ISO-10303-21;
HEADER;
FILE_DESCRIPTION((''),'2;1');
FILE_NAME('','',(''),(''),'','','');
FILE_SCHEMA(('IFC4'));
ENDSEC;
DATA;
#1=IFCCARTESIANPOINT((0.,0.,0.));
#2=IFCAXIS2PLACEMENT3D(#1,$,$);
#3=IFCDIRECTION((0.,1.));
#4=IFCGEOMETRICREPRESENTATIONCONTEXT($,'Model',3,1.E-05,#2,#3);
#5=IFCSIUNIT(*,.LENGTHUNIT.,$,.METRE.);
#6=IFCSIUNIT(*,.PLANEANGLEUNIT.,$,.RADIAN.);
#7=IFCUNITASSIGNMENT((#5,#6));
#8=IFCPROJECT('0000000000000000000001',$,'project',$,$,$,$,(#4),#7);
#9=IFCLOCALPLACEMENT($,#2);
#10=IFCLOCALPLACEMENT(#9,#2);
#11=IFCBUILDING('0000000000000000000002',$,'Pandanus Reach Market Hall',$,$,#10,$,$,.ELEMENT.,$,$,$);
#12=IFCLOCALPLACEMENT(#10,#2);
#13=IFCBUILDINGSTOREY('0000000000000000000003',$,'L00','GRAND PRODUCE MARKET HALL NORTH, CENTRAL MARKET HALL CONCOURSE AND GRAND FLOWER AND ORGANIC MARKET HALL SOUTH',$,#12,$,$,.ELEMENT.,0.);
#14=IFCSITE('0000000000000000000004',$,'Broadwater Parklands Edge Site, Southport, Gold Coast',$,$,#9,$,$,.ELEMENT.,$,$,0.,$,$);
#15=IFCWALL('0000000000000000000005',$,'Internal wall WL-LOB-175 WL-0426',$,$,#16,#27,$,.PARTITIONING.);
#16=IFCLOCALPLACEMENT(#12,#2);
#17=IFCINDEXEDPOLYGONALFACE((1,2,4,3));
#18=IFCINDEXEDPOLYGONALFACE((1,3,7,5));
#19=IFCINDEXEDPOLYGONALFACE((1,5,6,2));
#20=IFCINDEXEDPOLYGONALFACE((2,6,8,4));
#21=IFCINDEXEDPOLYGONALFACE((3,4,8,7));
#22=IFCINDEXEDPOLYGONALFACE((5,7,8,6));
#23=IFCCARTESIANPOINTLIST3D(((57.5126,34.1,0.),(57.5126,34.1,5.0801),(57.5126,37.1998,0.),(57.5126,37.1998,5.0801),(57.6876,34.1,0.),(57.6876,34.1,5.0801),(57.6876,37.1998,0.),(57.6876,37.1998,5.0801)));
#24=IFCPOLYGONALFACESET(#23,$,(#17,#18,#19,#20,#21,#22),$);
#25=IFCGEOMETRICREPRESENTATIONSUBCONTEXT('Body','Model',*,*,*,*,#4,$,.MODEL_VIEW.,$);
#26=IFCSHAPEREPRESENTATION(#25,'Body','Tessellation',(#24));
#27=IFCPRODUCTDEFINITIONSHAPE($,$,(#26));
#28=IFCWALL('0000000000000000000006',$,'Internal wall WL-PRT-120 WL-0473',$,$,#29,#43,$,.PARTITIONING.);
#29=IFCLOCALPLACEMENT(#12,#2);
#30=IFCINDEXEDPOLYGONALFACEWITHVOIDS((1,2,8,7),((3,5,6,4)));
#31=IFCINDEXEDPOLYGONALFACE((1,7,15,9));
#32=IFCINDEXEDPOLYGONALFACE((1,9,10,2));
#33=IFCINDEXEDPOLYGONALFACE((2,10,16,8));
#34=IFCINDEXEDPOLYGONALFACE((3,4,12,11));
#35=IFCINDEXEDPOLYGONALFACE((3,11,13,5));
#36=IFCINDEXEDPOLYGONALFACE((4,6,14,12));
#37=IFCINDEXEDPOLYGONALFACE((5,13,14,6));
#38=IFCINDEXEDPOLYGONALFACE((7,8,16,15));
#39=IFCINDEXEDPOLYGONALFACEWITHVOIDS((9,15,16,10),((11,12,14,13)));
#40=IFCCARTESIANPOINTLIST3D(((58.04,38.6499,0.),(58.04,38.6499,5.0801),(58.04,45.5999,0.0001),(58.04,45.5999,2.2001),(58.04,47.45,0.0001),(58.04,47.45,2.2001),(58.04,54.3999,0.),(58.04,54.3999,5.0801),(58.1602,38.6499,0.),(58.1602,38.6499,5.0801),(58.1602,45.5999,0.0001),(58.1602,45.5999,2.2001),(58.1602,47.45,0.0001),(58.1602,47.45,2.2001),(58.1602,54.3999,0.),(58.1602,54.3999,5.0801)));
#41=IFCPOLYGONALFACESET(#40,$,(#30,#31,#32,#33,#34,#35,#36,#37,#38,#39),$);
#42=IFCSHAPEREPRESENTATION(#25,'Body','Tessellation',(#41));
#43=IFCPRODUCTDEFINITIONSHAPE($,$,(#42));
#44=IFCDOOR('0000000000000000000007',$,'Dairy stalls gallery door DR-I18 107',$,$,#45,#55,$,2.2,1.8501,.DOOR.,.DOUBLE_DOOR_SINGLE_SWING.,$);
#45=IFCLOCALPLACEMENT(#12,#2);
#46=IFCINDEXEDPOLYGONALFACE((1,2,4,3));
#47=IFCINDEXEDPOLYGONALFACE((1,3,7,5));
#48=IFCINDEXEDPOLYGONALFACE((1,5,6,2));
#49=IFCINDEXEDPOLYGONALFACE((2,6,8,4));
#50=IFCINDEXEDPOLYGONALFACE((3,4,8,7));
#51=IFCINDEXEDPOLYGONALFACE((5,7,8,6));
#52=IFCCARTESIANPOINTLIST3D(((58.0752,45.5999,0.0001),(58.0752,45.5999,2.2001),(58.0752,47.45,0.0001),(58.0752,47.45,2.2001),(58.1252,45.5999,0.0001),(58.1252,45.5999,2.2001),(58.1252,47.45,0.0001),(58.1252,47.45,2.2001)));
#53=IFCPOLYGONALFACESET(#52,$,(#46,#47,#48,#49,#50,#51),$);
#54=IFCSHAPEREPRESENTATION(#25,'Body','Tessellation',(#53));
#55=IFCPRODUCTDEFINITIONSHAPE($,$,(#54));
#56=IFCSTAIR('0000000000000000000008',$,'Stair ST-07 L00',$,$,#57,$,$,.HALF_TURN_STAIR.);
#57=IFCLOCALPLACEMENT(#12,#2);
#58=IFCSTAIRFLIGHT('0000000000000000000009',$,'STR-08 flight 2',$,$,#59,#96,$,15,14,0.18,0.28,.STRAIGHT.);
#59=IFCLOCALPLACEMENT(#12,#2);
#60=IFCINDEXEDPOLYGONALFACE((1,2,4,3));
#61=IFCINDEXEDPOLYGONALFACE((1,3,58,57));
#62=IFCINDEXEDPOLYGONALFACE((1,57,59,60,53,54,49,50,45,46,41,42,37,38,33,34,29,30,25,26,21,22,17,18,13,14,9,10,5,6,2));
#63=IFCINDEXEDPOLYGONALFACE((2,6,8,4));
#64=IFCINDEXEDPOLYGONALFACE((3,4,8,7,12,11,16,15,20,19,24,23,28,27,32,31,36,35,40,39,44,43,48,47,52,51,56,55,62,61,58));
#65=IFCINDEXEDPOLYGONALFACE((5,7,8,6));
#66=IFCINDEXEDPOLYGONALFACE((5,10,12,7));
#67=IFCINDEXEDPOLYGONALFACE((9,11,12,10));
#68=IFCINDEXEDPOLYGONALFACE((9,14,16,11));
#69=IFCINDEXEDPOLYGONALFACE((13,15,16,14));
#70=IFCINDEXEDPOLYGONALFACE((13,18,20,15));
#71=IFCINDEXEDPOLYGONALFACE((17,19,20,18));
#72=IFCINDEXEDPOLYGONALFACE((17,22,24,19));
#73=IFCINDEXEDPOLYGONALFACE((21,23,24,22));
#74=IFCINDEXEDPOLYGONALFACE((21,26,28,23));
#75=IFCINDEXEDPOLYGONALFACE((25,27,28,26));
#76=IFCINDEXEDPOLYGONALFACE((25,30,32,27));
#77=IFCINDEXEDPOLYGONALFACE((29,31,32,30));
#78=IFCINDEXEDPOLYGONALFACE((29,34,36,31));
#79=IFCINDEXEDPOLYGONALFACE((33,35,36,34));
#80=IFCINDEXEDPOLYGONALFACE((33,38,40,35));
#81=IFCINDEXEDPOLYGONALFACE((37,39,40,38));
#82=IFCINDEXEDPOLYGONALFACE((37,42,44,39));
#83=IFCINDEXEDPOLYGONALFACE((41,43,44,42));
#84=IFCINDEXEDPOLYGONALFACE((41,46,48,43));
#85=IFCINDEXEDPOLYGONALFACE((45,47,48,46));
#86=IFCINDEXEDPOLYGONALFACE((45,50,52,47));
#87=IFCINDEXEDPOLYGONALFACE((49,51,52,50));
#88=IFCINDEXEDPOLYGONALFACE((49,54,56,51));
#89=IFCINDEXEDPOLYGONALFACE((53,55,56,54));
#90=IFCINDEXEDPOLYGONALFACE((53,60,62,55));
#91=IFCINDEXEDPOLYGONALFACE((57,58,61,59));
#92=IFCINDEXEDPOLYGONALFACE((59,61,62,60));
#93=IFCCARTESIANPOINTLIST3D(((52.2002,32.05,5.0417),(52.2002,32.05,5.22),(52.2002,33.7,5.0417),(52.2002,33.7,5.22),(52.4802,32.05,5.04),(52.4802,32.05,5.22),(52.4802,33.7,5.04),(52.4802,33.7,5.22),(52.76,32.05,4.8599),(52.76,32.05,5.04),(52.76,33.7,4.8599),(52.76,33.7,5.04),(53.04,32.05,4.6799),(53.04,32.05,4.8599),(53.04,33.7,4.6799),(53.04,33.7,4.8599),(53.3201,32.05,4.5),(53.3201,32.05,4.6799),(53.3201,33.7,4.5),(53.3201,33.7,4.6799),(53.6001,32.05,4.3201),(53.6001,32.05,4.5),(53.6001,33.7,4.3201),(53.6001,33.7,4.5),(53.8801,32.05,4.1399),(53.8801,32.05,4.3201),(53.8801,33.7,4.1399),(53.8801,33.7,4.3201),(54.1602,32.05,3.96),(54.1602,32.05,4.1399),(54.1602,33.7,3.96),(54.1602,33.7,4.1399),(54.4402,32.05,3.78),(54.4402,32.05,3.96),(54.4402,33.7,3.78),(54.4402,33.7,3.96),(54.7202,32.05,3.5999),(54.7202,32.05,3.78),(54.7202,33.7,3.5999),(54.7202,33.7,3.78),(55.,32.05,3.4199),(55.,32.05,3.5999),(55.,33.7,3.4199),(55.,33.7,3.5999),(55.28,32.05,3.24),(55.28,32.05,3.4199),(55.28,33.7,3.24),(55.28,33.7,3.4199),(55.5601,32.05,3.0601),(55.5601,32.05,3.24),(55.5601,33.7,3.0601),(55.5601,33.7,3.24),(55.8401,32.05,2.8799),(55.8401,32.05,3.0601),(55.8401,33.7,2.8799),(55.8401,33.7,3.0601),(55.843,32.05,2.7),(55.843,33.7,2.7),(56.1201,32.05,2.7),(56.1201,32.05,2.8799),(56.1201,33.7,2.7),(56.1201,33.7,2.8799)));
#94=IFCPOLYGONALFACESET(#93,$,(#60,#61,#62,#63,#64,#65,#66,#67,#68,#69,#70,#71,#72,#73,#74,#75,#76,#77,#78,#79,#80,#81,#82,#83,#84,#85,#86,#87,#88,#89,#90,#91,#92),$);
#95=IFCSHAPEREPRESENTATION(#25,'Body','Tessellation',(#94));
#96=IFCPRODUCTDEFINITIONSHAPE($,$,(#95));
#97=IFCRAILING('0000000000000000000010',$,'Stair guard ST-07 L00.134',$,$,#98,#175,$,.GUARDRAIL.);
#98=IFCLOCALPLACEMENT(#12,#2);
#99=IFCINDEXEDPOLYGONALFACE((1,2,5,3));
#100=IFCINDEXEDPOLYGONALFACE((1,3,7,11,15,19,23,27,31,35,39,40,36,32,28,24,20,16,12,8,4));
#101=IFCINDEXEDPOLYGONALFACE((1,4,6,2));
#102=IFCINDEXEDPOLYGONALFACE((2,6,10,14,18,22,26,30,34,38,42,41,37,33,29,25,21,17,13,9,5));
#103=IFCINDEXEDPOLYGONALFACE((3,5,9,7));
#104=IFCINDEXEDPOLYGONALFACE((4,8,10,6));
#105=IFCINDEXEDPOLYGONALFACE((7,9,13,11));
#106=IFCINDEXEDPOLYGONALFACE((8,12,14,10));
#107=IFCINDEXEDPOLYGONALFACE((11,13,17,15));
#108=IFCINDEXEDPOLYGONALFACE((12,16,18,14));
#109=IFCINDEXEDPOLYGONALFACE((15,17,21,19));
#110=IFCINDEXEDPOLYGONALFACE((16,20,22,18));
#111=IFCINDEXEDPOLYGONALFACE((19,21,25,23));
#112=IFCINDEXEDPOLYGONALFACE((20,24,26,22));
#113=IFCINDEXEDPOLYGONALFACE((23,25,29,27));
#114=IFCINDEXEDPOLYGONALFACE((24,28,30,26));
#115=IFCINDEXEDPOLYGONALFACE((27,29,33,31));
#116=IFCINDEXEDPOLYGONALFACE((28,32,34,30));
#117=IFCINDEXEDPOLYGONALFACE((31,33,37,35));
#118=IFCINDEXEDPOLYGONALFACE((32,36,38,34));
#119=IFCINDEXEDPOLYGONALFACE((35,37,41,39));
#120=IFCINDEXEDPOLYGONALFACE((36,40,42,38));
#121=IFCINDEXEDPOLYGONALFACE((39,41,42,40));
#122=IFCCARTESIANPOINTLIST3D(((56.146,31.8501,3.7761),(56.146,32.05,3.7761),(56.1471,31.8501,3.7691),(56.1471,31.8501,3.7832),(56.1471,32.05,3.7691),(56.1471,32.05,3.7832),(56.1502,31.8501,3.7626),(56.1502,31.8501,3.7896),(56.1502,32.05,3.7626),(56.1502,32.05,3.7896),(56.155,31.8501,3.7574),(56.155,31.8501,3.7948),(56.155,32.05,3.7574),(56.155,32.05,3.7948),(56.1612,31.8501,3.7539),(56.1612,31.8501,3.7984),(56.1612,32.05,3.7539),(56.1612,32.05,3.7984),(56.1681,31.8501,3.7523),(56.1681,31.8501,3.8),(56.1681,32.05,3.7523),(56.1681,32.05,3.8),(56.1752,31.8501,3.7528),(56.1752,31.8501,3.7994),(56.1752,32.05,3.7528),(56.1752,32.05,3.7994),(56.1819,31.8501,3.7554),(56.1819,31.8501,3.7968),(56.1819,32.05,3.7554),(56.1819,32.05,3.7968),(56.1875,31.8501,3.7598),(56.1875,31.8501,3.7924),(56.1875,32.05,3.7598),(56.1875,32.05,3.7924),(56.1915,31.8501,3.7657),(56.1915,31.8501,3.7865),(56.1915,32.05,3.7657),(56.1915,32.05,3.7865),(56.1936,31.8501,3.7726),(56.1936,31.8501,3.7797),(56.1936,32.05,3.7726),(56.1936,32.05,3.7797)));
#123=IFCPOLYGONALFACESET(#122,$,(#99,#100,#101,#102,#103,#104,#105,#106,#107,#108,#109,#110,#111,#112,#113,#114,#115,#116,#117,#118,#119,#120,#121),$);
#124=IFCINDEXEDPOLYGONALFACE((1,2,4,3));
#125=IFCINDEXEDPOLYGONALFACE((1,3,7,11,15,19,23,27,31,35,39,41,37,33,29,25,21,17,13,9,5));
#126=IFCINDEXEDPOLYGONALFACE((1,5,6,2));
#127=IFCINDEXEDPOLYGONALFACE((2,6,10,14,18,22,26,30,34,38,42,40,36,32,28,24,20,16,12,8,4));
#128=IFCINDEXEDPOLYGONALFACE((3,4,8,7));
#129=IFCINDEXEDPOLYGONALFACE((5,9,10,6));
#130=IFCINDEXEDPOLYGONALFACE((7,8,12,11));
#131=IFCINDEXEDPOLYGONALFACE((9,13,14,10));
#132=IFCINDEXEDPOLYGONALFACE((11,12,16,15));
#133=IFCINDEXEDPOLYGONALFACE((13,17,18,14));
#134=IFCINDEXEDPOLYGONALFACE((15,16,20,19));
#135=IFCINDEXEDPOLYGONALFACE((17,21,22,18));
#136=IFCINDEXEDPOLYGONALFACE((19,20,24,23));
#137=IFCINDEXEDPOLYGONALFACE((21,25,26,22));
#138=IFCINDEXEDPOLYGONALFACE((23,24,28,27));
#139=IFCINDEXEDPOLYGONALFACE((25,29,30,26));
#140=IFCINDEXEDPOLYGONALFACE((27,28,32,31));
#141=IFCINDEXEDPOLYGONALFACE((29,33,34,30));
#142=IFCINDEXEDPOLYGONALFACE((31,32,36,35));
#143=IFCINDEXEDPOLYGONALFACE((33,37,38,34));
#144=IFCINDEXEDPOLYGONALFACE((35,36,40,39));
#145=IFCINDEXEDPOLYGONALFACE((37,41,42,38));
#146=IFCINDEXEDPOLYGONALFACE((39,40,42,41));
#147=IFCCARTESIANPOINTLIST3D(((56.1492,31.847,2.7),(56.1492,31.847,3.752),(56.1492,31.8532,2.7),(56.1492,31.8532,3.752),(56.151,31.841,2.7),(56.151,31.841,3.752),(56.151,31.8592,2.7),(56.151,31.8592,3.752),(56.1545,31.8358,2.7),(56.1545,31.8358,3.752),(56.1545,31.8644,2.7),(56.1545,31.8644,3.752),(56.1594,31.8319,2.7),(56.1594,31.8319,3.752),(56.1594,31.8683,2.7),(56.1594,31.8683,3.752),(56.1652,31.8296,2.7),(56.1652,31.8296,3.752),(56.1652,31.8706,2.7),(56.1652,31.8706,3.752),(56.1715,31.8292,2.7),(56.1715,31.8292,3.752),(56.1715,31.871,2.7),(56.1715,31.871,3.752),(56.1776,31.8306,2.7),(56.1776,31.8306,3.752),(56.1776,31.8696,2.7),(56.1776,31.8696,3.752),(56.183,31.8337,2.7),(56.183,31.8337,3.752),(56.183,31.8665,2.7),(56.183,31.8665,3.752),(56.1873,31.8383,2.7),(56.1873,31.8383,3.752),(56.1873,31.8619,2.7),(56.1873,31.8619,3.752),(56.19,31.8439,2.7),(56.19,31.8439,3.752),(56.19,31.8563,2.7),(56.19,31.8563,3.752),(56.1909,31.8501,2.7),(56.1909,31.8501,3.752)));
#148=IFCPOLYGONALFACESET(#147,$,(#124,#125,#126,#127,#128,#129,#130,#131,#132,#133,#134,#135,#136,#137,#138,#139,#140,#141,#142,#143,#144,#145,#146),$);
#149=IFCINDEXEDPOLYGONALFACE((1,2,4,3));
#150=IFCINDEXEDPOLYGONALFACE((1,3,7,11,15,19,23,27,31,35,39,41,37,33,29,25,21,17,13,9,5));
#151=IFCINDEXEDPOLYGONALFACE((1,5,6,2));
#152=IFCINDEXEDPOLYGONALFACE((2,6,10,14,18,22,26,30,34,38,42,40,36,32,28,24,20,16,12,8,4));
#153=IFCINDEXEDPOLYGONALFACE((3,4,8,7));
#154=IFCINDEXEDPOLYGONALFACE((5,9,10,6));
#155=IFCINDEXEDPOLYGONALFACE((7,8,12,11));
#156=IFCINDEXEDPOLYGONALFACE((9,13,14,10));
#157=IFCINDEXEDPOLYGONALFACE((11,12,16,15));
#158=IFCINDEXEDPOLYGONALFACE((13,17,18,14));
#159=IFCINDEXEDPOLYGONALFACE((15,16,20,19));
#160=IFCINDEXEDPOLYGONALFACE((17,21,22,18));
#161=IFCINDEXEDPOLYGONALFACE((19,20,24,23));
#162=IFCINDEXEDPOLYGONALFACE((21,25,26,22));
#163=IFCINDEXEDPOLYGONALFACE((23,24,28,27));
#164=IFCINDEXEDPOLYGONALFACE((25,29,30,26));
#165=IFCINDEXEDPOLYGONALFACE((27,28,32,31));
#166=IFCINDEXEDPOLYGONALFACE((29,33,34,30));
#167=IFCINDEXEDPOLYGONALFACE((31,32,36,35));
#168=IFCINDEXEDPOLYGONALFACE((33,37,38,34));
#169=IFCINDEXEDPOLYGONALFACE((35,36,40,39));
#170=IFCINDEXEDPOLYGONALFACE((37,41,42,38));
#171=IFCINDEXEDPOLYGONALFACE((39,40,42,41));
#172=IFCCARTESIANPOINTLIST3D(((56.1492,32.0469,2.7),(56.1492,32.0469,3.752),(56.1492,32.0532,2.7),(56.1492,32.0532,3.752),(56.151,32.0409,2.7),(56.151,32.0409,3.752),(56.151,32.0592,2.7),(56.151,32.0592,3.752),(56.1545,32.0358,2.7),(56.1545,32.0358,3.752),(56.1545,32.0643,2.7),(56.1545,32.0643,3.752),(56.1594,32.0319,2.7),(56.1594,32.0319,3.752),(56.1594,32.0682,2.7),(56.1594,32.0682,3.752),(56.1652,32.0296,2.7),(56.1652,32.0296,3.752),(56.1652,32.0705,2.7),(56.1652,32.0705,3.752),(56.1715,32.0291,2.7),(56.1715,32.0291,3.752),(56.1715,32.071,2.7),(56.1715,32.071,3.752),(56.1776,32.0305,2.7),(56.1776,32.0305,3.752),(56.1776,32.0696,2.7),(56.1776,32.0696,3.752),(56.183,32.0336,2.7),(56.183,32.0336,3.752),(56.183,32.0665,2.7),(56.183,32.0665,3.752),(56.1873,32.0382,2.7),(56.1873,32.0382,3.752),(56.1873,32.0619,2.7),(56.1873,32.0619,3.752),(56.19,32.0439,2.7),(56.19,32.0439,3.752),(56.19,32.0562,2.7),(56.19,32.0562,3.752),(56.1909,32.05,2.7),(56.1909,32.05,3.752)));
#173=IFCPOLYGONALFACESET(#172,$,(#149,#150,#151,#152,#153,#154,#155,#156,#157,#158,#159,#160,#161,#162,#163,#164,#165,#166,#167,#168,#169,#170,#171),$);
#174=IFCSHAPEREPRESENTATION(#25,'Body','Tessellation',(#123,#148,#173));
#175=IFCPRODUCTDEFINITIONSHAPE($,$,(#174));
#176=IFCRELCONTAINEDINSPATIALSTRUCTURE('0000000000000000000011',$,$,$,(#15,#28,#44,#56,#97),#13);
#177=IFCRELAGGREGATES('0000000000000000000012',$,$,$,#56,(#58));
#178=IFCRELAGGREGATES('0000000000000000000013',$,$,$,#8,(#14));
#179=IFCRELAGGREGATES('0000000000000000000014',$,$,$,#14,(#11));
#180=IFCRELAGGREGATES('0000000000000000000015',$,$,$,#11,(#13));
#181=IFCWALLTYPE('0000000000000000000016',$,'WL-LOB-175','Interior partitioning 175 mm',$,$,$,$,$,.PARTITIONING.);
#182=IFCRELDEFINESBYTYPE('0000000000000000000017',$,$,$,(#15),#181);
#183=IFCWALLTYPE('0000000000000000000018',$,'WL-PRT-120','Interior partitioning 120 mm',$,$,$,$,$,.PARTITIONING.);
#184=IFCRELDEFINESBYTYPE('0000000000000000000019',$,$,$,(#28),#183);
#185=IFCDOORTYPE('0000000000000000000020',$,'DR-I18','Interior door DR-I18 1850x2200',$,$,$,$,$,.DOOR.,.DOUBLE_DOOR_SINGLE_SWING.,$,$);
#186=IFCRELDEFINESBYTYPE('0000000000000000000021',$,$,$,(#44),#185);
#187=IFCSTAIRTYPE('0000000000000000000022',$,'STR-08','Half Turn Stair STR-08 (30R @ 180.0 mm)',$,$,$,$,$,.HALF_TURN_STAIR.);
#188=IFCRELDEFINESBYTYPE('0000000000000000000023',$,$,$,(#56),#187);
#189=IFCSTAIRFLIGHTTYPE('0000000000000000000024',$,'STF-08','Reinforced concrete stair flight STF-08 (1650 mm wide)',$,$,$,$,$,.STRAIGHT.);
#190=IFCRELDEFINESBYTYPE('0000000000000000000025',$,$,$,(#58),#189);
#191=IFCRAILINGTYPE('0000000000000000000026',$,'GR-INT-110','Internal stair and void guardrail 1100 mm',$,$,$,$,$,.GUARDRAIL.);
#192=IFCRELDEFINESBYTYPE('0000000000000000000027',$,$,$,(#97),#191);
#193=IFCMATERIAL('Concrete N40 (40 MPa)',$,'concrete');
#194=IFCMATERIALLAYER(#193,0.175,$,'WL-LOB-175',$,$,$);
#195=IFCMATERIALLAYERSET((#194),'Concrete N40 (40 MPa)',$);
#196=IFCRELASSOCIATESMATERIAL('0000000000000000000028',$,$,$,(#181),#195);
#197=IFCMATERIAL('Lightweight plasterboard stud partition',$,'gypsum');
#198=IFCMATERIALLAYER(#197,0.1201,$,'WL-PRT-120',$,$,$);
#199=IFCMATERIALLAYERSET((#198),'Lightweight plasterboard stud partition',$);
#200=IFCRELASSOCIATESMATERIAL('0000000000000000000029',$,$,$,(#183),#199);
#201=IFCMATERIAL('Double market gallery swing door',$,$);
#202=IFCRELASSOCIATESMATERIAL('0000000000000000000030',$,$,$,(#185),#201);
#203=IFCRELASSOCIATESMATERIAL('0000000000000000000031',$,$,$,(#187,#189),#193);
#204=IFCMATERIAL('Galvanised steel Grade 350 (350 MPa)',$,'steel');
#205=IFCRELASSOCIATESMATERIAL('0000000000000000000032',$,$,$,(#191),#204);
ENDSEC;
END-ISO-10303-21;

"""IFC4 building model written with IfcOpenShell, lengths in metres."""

from ifc_helpers import new_model, si_unit, direction, frame, frame_2d, origin, origin_2d, place, context, subcontext, project, spatial, polyline, rectangle, circle, outline, extrude, material, layer, layer_set, type_object, element, fill, aggregate, save


model = new_model("IFC4")

# Units and contexts
model_context = context("Model", 3, precision=1e-05, world=origin(), true_north=direction((0.0, 1.0)))
body_context = subcontext(model_context, "Body", "Model", "MODEL_VIEW")
ifc_project = project(units=[si_unit("LENGTHUNIT", "METRE"), si_unit("PLANEANGLEUNIT", "RADIAN")], contexts=[model_context])

# Site, building, storey
site_placement = place(None, origin())
site = spatial("IfcSite", under=ifc_project, at=site_placement, Name="Broadwater Parklands Edge Site, Southport, Gold Coast", CompositionType="ELEMENT", RefElevation=0.0)
building_placement = place(site_placement, origin())
building = spatial("IfcBuilding", under=site, at=building_placement, Name="Pandanus Reach Market Hall", CompositionType="ELEMENT")
storey_placement = place(building_placement, origin())
storey = spatial("IfcBuildingStorey", under=building, at=storey_placement, Name="L00", Description="GRAND PRODUCE MARKET HALL NORTH, CENTRAL MARKET HALL CONCOURSE AND GRAND FLOWER AND ORGANIC MARKET HALL SOUTH", CompositionType="ELEMENT", Elevation=0.0)

# Shared definitions
ifc_material_1 = material(Name="Concrete N40 (40 MPa)", Category="concrete")

# Wall
ifc_layer_1 = layer(ifc_material_1, 0.175, Name="WL-LOB-175")
ifc_layer_set_1 = layer_set([ifc_layer_1], Name="Concrete N40 (40 MPa)")
wall_type_1 = type_object("IfcWallType", Name="WL-LOB-175", Description="Interior partitioning 175 mm", PredefinedType="PARTITIONING", material=ifc_layer_set_1)
wall_1_placement = place(storey_placement, frame((57.6001, 34.1001, 0.0), z_axis=(0.0, 0.0, 1.0), x_axis=(0.0, 1.0, 0.0)))
element("IfcWall", 1, at=wall_1_placement, inside=storey, type_object=wall_type_1, Name="Internal wall WL-LOB-175 WL-0426", PredefinedType="PARTITIONING", context=body_context, shape_type="SweptSolid", body=[
    extrude(rectangle(XDim=3.0999, YDim=0.175, at=frame_2d((1.5498, 0.0))), origin(), (0.0, 0.0, 1.0), 5.0801),
])

# Wall, opening, door
ifc_material_2 = material(Name="Lightweight plasterboard stud partition", Category="gypsum")
ifc_layer_2 = layer(ifc_material_2, 0.1201, Name="WL-PRT-120")
ifc_layer_set_2 = layer_set([ifc_layer_2], Name="Lightweight plasterboard stud partition")
wall_type_2 = type_object("IfcWallType", Name="WL-PRT-120", Description="Interior partitioning 120 mm", PredefinedType="PARTITIONING", material=ifc_layer_set_2)
wall_2_placement = place(storey_placement, frame((58.1001, 38.6499, 0.0), z_axis=(0.0, 0.0, 1.0), x_axis=(0.0, 1.0, 0.0)))
wall_2 = element("IfcWall", 2, at=wall_2_placement, inside=storey, type_object=wall_type_2, Name="Internal wall WL-PRT-120 WL-0473", PredefinedType="PARTITIONING", context=body_context, shape_type="SweptSolid", body=[
    extrude(rectangle(XDim=15.75, YDim=0.1201, at=frame_2d((7.875, 0.0))), origin(), (0.0, 0.0, 1.0), 5.0801),
])
opening_placement = place(wall_2_placement, frame((6.95, 0.0, 0.0)))
opening = element("IfcOpeningElement", 3, at=opening_placement, cuts=wall_2, PredefinedType="OPENING", context=body_context, shape_type="SweptSolid", body=[
    extrude(rectangle(XDim=1.8501, YDim=2.2, at=frame_2d((0.925, 1.1001))), frame((0.0, 0.075, 0.0), z_axis=(0.0, -1.0, 0.0), x_axis=(1.0, 0.0, 0.0)), (0.0, 0.0, 1.0), 0.1501),
])
ifc_material_3 = material(Name="Double market gallery swing door")
door_type = type_object("IfcDoorType", Name="DR-I18", Description="Interior door DR-I18 1850x2200", OperationType="DOUBLE_DOOR_SINGLE_SWING", PredefinedType="DOOR", material=ifc_material_3)
door_placement = place(opening_placement, origin())
door = element("IfcDoor", 4, at=door_placement, inside=storey, type_object=door_type, Name="Dairy stalls gallery door DR-I18 107", OperationType="DOUBLE_DOOR_SINGLE_SWING", OverallHeight=2.2, OverallWidth=1.8501, PredefinedType="DOOR", context=body_context, shape_type="SweptSolid", body=[
    extrude(rectangle(XDim=1.8501, YDim=2.2, at=frame_2d((0.925, 1.1001))), frame((0.0, 0.0249, 0.0), z_axis=(0.0, -1.0, 0.0), x_axis=(1.0, 0.0, 0.0)), (0.0, 0.0, 1.0), 0.05),
])
fill(opening, door)

# Stair, stair flight
stair_type = type_object("IfcStairType", Name="STR-08", Description="Half Turn Stair STR-08 (30R @ 180.0 mm)", PredefinedType="HALF_TURN_STAIR", material=ifc_material_1)
stair_placement = place(storey_placement, origin())
stair = element("IfcStair", 5, at=stair_placement, inside=storey, type_object=stair_type, Name="Stair ST-07 L00", PredefinedType="HALF_TURN_STAIR")
stair_flight_type = type_object("IfcStairFlightType", Name="STF-08", Description="Reinforced concrete stair flight STF-08 (1650 mm wide)", PredefinedType="STRAIGHT", material=ifc_material_1)
stair_flight_placement = place(storey_placement, frame((56.1201, 32.875, 2.7), z_axis=(0.0, 0.0, 1.0), x_axis=(-1.0, 0.0, 0.0)))
stair_flight = element("IfcStairFlight", 6, at=stair_flight_placement, type_object=stair_flight_type, Name="STR-08 flight 2", NumberOfRisers=15, NumberOfTreads=14, PredefinedType="STRAIGHT", RiserHeight=0.18, TreadLength=0.28, context=body_context, shape_type="SweptSolid", body=[
    extrude(outline(polyline([(0.0, 0.0), (0.0, 0.1799), (0.28, 0.1799), (0.28, 0.3601), (0.5601, 0.3601), (0.5601, 0.54), (0.8401, 0.54), (0.8401, 0.72), (1.1201, 0.72), (1.1201, 0.8999), (1.3999, 0.8999), (1.3999, 1.0801), (1.6799, 1.0801), (1.6799, 1.26), (1.96, 1.26), (1.96, 1.4399), (2.24, 1.4399), (2.24, 1.6201), (2.52, 1.6201), (2.52, 1.8), (2.8, 1.8), (2.8, 1.98), (3.0801, 1.98), (3.0801, 2.1599), (3.3601, 2.1599), (3.3601, 2.3401), (3.6399, 2.3401), (3.6399, 2.52), (3.9199, 2.52), (3.9199, 2.7), (3.9199, 2.3418), (0.2771, 0.0), (0.0, 0.0)])), frame((0.0, 0.825, 0.0), z_axis=(0.0, -1.0, 0.0), x_axis=(1.0, 0.0, 0.0)), (0.0, 0.0, 1.0), 1.6499),
])
aggregate(stair, [stair_flight])

# Railing
ifc_material_4 = material(Name="Galvanised steel Grade 350 (350 MPa)", Category="steel")
railing_type_1 = type_object("IfcRailingType", Name="GR-INT-110", Description="Internal stair and void guardrail 1100 mm", PredefinedType="GUARDRAIL", material=ifc_material_4)
railing_1_placement = place(storey_placement, frame((56.1699, 31.8501, 2.7)))
element("IfcRailing", 7, at=railing_1_placement, inside=storey, type_object=railing_type_1, Name="Stair guard ST-07 L00.134", PredefinedType="GUARDRAIL", context=body_context, shape_type="SweptSolid", body=[
    extrude(circle(Radius=0.0239, at=origin_2d()), frame((0.0, 0.0, 1.0762), z_axis=(0.0, 1.0, 0.0), x_axis=(-1.0, 0.0, 0.0)), (0.0, 0.0, 1.0), 0.2),
    extrude(circle(Radius=0.021, at=origin_2d()), origin(), (0.0, 0.0, 1.0), 1.052),
    extrude(circle(Radius=0.021, at=origin_2d()), frame((0.0, 0.2, 0.0)), (0.0, 0.0, 1.0), 1.052),
])

save(model, "model.ifc")
